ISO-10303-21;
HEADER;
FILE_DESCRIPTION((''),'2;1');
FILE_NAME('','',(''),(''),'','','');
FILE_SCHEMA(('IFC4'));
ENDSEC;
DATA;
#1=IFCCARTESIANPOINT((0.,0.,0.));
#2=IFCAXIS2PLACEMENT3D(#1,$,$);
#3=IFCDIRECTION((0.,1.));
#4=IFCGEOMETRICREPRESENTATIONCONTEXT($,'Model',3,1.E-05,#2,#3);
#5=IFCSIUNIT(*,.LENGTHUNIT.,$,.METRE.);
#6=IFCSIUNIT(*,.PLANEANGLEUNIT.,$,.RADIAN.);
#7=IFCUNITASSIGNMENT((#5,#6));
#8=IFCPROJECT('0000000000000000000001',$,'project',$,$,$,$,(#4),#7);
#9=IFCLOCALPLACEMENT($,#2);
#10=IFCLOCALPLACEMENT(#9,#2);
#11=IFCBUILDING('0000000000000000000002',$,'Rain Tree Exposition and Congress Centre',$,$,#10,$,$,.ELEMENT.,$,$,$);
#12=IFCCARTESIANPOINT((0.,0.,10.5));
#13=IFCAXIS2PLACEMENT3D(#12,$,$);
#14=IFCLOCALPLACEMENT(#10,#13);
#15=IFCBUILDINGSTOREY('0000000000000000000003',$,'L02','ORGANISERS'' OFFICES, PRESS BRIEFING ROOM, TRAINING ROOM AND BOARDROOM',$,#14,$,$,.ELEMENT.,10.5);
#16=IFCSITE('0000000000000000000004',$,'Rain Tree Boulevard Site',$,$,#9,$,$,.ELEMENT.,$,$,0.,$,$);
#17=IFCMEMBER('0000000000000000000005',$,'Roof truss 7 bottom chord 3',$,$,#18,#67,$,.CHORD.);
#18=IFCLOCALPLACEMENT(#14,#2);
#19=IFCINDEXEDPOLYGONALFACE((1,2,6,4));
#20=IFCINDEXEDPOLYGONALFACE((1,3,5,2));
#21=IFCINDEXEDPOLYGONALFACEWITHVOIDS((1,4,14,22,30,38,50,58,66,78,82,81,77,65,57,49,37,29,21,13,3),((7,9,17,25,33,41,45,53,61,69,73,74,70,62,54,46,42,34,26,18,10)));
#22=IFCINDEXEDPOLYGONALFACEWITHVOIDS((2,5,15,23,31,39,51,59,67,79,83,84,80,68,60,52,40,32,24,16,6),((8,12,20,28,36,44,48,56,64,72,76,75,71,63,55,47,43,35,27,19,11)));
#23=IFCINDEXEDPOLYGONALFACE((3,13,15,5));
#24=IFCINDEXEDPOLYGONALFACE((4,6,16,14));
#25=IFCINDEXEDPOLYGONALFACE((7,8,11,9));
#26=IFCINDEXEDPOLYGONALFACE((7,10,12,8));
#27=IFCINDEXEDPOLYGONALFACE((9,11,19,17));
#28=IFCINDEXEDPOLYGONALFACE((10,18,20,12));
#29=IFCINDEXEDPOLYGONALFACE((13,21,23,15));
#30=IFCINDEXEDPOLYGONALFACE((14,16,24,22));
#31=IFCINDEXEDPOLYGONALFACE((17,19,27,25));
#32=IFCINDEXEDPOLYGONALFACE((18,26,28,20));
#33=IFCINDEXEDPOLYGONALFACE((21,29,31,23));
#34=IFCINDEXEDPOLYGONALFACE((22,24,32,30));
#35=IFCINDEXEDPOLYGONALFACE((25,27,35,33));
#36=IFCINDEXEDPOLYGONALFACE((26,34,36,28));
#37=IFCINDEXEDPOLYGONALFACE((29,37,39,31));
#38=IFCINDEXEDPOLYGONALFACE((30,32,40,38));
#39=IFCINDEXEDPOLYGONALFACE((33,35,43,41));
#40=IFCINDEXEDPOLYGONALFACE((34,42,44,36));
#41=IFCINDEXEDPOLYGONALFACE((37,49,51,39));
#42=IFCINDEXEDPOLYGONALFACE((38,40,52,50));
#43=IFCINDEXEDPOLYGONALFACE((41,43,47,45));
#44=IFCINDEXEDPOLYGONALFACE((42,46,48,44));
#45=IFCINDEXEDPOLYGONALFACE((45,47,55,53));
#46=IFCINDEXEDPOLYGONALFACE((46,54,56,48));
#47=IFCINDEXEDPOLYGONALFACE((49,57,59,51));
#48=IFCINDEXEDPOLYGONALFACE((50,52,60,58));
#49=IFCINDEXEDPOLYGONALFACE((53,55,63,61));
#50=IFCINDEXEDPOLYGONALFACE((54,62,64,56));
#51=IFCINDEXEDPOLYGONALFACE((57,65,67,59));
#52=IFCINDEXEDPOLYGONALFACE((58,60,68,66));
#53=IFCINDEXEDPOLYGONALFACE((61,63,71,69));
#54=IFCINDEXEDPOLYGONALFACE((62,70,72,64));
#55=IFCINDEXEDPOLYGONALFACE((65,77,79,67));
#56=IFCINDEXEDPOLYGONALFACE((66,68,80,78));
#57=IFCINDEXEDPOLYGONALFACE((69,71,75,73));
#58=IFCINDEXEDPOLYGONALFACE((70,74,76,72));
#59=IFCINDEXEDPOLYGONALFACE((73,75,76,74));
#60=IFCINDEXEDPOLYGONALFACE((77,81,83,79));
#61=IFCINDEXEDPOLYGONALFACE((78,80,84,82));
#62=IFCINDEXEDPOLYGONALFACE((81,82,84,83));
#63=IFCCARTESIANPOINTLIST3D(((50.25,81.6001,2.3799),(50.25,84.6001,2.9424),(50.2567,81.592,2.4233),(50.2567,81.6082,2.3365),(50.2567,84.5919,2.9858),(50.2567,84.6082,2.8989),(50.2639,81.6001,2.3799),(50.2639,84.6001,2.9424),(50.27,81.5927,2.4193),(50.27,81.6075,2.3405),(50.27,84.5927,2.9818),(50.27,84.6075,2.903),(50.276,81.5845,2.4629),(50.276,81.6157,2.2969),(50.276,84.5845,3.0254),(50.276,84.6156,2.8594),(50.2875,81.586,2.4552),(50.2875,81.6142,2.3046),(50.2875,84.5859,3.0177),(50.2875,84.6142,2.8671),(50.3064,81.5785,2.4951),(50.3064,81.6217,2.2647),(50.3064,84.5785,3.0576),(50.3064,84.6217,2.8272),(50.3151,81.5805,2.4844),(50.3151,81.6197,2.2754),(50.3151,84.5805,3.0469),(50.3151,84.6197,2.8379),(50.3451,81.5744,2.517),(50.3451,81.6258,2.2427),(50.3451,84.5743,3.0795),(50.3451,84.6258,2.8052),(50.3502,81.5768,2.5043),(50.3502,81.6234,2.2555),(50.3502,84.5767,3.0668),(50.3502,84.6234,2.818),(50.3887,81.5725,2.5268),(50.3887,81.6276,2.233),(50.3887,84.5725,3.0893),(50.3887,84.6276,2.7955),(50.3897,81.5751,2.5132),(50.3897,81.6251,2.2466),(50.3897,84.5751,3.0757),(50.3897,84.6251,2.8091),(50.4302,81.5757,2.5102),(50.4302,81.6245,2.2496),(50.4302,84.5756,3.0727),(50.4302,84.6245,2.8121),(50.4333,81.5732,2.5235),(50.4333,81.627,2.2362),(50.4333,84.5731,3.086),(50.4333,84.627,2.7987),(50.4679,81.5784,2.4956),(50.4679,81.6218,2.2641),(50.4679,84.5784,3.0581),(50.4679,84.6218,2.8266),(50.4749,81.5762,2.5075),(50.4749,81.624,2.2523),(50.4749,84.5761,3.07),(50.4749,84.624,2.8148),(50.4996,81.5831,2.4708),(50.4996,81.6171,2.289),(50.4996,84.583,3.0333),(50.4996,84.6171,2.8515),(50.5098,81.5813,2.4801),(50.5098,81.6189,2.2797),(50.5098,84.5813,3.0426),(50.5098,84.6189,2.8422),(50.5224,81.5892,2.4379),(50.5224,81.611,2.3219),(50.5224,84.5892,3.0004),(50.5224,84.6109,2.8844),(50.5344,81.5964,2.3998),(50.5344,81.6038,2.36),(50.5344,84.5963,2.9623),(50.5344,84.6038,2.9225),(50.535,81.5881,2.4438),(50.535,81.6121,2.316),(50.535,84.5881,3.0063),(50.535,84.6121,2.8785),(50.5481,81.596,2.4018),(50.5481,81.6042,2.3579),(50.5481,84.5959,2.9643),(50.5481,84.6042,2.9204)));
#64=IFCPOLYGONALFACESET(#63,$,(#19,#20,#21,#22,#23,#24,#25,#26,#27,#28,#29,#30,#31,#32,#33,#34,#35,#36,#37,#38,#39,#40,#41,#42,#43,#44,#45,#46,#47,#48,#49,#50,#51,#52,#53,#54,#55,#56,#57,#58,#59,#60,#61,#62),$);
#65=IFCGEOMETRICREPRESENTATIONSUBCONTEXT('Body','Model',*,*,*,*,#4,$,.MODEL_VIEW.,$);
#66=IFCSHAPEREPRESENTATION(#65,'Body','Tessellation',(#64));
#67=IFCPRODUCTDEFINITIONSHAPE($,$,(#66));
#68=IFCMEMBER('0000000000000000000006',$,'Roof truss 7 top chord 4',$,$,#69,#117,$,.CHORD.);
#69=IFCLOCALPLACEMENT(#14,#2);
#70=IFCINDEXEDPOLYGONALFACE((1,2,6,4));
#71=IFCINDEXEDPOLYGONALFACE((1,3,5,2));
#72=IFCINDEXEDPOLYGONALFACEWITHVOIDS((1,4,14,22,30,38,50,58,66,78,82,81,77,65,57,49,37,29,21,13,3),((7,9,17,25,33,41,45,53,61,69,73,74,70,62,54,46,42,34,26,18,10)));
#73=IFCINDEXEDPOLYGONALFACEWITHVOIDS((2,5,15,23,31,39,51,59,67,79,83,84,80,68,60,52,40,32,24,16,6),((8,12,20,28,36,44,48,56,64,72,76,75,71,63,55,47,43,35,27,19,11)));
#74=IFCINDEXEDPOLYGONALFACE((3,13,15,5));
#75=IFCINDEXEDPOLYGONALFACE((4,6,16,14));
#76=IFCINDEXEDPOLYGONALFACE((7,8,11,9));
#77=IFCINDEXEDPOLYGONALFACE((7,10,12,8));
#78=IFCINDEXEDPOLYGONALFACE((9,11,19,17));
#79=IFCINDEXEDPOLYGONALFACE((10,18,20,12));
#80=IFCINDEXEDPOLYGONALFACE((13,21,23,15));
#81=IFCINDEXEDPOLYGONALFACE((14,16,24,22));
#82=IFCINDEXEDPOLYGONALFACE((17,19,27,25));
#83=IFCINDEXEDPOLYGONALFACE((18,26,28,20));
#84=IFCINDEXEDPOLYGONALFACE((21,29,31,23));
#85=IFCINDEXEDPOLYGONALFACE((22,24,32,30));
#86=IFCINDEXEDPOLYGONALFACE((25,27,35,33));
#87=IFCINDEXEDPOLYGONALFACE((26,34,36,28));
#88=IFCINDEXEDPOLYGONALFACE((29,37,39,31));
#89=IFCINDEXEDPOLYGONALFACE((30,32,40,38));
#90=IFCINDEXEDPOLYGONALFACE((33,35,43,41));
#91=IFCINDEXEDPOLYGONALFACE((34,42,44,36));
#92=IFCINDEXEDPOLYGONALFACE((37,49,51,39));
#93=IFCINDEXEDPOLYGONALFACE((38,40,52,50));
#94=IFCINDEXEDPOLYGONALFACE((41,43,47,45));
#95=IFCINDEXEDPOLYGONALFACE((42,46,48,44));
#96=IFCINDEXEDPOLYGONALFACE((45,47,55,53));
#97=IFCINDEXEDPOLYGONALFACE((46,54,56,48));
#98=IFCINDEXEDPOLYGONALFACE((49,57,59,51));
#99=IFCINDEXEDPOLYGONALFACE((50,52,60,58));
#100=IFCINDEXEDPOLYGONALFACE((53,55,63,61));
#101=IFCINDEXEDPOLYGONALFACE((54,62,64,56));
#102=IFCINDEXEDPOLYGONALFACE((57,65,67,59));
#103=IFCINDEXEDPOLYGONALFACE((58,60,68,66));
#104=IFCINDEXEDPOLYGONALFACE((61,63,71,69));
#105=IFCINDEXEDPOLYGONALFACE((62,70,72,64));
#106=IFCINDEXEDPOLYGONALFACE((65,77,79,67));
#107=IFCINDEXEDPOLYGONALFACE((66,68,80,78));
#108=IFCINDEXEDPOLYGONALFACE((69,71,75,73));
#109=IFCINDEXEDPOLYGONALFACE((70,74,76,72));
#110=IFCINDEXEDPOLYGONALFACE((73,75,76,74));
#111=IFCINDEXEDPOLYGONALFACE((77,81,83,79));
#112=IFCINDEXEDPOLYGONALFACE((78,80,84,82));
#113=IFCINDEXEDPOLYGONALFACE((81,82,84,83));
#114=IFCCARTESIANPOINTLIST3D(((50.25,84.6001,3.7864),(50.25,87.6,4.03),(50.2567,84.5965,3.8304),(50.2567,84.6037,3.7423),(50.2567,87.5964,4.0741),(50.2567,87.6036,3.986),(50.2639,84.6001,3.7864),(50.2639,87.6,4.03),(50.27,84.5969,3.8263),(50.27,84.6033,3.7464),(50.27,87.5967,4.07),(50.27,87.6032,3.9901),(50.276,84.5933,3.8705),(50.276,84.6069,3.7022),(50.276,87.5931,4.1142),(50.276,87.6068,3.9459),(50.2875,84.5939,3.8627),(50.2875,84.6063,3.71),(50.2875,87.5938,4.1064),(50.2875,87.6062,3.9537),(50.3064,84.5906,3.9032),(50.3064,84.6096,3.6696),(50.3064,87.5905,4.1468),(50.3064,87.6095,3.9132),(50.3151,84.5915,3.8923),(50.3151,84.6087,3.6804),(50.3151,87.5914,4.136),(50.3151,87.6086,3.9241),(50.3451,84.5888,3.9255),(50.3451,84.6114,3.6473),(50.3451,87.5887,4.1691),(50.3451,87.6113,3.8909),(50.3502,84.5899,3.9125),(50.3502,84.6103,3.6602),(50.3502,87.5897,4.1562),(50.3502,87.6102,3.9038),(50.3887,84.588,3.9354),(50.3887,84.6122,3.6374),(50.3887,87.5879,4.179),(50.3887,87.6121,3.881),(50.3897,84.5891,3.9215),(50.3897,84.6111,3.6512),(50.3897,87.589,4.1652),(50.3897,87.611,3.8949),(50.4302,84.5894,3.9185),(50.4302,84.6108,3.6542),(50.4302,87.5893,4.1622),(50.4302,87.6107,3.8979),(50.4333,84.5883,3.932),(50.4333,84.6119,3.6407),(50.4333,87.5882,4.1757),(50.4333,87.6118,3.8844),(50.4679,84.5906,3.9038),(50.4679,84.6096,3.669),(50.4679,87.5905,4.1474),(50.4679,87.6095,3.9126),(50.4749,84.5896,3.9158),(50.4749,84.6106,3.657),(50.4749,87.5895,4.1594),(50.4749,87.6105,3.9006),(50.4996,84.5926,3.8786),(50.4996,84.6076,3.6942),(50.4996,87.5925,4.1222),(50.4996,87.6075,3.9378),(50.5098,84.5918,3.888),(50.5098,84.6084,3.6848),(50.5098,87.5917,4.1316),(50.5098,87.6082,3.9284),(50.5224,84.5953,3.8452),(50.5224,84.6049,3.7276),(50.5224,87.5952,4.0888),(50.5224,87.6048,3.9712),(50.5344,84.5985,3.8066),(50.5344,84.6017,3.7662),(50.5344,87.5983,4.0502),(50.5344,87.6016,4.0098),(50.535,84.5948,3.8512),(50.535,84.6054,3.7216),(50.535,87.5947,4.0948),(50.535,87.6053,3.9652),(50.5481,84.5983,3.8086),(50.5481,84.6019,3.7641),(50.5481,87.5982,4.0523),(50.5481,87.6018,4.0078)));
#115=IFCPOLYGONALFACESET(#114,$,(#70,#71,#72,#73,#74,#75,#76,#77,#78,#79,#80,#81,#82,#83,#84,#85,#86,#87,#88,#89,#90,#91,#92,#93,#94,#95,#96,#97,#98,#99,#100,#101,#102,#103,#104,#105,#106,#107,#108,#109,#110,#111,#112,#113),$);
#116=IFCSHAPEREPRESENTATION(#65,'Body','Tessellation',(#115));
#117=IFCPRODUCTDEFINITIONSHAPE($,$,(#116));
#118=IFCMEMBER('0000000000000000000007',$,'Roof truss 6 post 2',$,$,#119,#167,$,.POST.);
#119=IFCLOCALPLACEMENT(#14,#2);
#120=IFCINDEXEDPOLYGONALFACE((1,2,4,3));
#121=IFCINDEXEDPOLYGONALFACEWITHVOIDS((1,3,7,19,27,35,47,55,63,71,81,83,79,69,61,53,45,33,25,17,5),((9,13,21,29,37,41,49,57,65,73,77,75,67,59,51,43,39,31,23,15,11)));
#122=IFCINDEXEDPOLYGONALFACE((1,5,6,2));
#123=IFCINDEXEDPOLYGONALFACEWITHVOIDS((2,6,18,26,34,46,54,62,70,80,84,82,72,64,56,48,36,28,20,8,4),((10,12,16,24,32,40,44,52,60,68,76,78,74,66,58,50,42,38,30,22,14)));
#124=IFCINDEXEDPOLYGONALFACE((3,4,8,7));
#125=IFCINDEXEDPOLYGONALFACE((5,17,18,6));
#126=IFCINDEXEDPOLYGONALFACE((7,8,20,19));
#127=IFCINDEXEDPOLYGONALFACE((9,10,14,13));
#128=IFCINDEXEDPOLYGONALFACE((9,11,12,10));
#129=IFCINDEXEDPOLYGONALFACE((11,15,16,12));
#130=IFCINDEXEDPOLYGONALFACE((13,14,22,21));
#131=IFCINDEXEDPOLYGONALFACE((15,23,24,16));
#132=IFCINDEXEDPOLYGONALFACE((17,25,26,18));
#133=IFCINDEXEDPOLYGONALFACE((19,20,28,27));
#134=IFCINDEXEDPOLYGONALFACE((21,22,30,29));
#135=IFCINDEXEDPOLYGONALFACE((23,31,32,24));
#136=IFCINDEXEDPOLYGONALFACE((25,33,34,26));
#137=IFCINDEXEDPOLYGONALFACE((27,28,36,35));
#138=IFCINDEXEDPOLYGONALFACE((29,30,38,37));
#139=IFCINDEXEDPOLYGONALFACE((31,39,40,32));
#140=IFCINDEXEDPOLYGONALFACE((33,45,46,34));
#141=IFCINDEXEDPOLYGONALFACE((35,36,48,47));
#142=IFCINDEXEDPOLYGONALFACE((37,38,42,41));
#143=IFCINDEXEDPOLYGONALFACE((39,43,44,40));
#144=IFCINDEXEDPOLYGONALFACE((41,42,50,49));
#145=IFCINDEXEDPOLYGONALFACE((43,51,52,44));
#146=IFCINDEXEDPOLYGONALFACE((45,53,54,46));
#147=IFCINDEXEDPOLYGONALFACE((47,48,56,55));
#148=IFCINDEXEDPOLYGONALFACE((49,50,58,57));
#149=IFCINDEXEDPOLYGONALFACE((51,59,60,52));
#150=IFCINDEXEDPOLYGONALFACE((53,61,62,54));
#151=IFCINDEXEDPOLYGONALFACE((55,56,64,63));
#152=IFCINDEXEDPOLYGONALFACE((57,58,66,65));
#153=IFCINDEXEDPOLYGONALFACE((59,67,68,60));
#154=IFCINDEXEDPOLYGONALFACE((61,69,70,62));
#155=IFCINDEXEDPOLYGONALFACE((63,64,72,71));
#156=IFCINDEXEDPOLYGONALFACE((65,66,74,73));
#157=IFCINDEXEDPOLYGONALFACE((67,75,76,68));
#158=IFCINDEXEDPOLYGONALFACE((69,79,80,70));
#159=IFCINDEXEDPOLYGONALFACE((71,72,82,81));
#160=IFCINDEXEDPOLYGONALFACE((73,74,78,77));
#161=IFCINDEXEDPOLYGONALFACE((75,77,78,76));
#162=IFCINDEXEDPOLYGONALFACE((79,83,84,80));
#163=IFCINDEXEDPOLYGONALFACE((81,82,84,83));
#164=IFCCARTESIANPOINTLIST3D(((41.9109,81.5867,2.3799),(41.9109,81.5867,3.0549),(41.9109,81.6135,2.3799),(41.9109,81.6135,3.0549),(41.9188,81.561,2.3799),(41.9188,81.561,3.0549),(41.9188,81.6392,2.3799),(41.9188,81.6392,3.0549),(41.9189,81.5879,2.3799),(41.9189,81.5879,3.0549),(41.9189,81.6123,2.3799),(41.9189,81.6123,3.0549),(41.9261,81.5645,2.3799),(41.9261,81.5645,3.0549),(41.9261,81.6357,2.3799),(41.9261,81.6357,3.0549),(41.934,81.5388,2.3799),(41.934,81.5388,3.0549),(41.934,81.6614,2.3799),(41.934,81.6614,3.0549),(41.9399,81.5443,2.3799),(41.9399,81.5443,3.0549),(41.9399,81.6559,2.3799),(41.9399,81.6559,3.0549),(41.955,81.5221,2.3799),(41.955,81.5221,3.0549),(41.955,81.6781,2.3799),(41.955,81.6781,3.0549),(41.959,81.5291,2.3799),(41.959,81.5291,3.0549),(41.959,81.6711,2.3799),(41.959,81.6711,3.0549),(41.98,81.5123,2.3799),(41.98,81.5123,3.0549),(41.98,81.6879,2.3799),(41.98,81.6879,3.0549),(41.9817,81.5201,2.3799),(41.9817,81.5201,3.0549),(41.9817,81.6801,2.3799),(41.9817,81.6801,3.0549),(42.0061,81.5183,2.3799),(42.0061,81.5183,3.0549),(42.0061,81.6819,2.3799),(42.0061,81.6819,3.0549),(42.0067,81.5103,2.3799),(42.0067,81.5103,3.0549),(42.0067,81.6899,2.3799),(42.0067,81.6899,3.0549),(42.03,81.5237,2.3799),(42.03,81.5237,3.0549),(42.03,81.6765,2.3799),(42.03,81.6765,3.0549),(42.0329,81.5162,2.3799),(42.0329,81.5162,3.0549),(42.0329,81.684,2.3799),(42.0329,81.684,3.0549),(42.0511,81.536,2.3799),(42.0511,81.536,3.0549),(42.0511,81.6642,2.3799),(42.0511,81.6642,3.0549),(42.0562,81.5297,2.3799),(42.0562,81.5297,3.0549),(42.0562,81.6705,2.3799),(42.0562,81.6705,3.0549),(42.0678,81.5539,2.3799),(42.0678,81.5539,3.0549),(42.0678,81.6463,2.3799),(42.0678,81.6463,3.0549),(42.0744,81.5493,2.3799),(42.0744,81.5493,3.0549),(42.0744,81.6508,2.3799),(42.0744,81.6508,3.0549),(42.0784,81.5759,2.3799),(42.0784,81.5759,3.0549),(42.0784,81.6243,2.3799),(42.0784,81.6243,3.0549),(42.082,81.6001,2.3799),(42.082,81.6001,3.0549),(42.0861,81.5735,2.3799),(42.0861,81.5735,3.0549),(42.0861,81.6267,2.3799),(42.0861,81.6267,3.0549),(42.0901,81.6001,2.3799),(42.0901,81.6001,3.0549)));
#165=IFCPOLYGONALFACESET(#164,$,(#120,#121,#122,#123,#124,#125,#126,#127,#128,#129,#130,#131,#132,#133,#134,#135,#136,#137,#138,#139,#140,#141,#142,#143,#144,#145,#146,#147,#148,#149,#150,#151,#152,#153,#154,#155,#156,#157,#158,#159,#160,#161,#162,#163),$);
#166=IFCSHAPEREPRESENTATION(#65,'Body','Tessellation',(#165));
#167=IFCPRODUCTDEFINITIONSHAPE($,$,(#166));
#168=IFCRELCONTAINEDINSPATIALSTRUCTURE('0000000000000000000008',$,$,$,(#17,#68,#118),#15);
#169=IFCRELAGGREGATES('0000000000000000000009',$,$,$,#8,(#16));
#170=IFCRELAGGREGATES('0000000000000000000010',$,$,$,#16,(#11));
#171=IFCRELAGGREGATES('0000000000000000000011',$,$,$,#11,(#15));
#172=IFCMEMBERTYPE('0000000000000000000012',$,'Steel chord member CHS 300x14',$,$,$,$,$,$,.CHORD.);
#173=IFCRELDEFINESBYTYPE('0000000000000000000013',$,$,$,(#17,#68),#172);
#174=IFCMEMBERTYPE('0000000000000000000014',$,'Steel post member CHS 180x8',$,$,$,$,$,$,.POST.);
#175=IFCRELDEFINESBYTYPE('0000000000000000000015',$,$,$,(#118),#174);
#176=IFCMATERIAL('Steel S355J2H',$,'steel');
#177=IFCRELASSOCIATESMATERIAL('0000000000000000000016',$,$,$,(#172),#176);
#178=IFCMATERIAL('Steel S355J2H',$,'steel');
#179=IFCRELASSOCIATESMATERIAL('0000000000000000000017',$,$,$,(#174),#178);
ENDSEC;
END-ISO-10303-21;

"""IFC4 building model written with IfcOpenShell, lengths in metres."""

from ifc_helpers import new_model, si_unit, direction, frame, origin, origin_2d, place, context, subcontext, project, spatial, hollow_circle, extrude, material, material_profile, profile_set, type_object, element, save


model = new_model("IFC4")

# Units and contexts
model_context = context("Model", 3, precision=1e-05, world=origin(), true_north=direction((0.0, 1.0)))
body_context = subcontext(model_context, "Body", "Model", "MODEL_VIEW")
ifc_project = project(units=[si_unit("LENGTHUNIT", "METRE"), si_unit("PLANEANGLEUNIT", "RADIAN")], contexts=[model_context])

# Site, building, storey
site_placement = place(None, origin())
site = spatial("IfcSite", under=ifc_project, at=site_placement, Name="Rain Tree Boulevard Site", CompositionType="ELEMENT", RefElevation=0.0)
building_placement = place(site_placement, origin())
building = spatial("IfcBuilding", under=site, at=building_placement, Name="Rain Tree Exposition and Congress Centre", CompositionType="ELEMENT")
storey_placement = place(building_placement, frame((0.0, 0.0, 10.5)))
storey = spatial("IfcBuildingStorey", under=building, at=storey_placement, Name="L02", Description="ORGANISERS' OFFICES, PRESS BRIEFING ROOM, TRAINING ROOM AND BOARDROOM", CompositionType="ELEMENT", Elevation=10.5)

# Members
ifc_material_1 = material(Name="Steel S355J2H", Category="steel")
ifc_material_profile_1 = material_profile(ifc_material_1, hollow_circle(Radius=0.1499, WallThickness=0.0139, at=origin_2d()), Name="CHS 300x14")
ifc_profile_set_1 = profile_set([ifc_material_profile_1], Name="Steel S355J2H")
member_type_1 = type_object("IfcMemberType", Name="Steel chord member CHS 300x14", PredefinedType="CHORD", material=ifc_profile_set_1)
member_1_placement = place(storey_placement, frame((50.3999, 81.6001, 2.3799), z_axis=(0.0, 0.982872, 0.184289), x_axis=(-1.0, 0.0, 0.0)))
element("IfcMember", 1, at=member_1_placement, inside=storey, type_object=member_type_1, Name="Roof truss 7 bottom chord 3", PredefinedType="CHORD", context=body_context, shape_type="SweptSolid", body=[
    extrude(hollow_circle(Radius=0.1499, WallThickness=0.0139, at=origin_2d()), origin(), (0.0, 0.0, 1.0), 3.0522),
])
member_2_placement = place(storey_placement, frame((50.3999, 84.6001, 3.7864), z_axis=(0.0, 0.996718, 0.080951), x_axis=(-1.0, 0.0, 0.0)))
element("IfcMember", 2, at=member_2_placement, inside=storey, type_object=member_type_1, Name="Roof truss 7 top chord 4", PredefinedType="CHORD", context=body_context, shape_type="SweptSolid", body=[
    extrude(hollow_circle(Radius=0.1499, WallThickness=0.0139, at=origin_2d()), origin(), (0.0, 0.0, 1.0), 3.0098),
])
ifc_material_2 = material(Name="Steel S355J2H", Category="steel")
ifc_material_profile_2 = material_profile(ifc_material_2, hollow_circle(Radius=0.0901, WallThickness=0.0081, at=origin_2d()), Name="CHS 180x8")
ifc_profile_set_2 = profile_set([ifc_material_profile_2], Name="Steel S355J2H")
member_type_2 = type_object("IfcMemberType", Name="Steel post member CHS 180x8", PredefinedType="POST", material=ifc_profile_set_2)
member_3_placement = place(storey_placement, frame((42.0, 81.6001, 2.3799), z_axis=(0.0, 0.0, 1.0), x_axis=(1.0, 0.0, 0.0)))
element("IfcMember", 3, at=member_3_placement, inside=storey, type_object=member_type_2, Name="Roof truss 6 post 2", PredefinedType="POST", context=body_context, shape_type="SweptSolid", body=[
    extrude(hollow_circle(Radius=0.0901, WallThickness=0.0081, at=origin_2d()), origin(), (0.0, 0.0, 1.0), 0.675),
])

save(model, "model.ifc")
